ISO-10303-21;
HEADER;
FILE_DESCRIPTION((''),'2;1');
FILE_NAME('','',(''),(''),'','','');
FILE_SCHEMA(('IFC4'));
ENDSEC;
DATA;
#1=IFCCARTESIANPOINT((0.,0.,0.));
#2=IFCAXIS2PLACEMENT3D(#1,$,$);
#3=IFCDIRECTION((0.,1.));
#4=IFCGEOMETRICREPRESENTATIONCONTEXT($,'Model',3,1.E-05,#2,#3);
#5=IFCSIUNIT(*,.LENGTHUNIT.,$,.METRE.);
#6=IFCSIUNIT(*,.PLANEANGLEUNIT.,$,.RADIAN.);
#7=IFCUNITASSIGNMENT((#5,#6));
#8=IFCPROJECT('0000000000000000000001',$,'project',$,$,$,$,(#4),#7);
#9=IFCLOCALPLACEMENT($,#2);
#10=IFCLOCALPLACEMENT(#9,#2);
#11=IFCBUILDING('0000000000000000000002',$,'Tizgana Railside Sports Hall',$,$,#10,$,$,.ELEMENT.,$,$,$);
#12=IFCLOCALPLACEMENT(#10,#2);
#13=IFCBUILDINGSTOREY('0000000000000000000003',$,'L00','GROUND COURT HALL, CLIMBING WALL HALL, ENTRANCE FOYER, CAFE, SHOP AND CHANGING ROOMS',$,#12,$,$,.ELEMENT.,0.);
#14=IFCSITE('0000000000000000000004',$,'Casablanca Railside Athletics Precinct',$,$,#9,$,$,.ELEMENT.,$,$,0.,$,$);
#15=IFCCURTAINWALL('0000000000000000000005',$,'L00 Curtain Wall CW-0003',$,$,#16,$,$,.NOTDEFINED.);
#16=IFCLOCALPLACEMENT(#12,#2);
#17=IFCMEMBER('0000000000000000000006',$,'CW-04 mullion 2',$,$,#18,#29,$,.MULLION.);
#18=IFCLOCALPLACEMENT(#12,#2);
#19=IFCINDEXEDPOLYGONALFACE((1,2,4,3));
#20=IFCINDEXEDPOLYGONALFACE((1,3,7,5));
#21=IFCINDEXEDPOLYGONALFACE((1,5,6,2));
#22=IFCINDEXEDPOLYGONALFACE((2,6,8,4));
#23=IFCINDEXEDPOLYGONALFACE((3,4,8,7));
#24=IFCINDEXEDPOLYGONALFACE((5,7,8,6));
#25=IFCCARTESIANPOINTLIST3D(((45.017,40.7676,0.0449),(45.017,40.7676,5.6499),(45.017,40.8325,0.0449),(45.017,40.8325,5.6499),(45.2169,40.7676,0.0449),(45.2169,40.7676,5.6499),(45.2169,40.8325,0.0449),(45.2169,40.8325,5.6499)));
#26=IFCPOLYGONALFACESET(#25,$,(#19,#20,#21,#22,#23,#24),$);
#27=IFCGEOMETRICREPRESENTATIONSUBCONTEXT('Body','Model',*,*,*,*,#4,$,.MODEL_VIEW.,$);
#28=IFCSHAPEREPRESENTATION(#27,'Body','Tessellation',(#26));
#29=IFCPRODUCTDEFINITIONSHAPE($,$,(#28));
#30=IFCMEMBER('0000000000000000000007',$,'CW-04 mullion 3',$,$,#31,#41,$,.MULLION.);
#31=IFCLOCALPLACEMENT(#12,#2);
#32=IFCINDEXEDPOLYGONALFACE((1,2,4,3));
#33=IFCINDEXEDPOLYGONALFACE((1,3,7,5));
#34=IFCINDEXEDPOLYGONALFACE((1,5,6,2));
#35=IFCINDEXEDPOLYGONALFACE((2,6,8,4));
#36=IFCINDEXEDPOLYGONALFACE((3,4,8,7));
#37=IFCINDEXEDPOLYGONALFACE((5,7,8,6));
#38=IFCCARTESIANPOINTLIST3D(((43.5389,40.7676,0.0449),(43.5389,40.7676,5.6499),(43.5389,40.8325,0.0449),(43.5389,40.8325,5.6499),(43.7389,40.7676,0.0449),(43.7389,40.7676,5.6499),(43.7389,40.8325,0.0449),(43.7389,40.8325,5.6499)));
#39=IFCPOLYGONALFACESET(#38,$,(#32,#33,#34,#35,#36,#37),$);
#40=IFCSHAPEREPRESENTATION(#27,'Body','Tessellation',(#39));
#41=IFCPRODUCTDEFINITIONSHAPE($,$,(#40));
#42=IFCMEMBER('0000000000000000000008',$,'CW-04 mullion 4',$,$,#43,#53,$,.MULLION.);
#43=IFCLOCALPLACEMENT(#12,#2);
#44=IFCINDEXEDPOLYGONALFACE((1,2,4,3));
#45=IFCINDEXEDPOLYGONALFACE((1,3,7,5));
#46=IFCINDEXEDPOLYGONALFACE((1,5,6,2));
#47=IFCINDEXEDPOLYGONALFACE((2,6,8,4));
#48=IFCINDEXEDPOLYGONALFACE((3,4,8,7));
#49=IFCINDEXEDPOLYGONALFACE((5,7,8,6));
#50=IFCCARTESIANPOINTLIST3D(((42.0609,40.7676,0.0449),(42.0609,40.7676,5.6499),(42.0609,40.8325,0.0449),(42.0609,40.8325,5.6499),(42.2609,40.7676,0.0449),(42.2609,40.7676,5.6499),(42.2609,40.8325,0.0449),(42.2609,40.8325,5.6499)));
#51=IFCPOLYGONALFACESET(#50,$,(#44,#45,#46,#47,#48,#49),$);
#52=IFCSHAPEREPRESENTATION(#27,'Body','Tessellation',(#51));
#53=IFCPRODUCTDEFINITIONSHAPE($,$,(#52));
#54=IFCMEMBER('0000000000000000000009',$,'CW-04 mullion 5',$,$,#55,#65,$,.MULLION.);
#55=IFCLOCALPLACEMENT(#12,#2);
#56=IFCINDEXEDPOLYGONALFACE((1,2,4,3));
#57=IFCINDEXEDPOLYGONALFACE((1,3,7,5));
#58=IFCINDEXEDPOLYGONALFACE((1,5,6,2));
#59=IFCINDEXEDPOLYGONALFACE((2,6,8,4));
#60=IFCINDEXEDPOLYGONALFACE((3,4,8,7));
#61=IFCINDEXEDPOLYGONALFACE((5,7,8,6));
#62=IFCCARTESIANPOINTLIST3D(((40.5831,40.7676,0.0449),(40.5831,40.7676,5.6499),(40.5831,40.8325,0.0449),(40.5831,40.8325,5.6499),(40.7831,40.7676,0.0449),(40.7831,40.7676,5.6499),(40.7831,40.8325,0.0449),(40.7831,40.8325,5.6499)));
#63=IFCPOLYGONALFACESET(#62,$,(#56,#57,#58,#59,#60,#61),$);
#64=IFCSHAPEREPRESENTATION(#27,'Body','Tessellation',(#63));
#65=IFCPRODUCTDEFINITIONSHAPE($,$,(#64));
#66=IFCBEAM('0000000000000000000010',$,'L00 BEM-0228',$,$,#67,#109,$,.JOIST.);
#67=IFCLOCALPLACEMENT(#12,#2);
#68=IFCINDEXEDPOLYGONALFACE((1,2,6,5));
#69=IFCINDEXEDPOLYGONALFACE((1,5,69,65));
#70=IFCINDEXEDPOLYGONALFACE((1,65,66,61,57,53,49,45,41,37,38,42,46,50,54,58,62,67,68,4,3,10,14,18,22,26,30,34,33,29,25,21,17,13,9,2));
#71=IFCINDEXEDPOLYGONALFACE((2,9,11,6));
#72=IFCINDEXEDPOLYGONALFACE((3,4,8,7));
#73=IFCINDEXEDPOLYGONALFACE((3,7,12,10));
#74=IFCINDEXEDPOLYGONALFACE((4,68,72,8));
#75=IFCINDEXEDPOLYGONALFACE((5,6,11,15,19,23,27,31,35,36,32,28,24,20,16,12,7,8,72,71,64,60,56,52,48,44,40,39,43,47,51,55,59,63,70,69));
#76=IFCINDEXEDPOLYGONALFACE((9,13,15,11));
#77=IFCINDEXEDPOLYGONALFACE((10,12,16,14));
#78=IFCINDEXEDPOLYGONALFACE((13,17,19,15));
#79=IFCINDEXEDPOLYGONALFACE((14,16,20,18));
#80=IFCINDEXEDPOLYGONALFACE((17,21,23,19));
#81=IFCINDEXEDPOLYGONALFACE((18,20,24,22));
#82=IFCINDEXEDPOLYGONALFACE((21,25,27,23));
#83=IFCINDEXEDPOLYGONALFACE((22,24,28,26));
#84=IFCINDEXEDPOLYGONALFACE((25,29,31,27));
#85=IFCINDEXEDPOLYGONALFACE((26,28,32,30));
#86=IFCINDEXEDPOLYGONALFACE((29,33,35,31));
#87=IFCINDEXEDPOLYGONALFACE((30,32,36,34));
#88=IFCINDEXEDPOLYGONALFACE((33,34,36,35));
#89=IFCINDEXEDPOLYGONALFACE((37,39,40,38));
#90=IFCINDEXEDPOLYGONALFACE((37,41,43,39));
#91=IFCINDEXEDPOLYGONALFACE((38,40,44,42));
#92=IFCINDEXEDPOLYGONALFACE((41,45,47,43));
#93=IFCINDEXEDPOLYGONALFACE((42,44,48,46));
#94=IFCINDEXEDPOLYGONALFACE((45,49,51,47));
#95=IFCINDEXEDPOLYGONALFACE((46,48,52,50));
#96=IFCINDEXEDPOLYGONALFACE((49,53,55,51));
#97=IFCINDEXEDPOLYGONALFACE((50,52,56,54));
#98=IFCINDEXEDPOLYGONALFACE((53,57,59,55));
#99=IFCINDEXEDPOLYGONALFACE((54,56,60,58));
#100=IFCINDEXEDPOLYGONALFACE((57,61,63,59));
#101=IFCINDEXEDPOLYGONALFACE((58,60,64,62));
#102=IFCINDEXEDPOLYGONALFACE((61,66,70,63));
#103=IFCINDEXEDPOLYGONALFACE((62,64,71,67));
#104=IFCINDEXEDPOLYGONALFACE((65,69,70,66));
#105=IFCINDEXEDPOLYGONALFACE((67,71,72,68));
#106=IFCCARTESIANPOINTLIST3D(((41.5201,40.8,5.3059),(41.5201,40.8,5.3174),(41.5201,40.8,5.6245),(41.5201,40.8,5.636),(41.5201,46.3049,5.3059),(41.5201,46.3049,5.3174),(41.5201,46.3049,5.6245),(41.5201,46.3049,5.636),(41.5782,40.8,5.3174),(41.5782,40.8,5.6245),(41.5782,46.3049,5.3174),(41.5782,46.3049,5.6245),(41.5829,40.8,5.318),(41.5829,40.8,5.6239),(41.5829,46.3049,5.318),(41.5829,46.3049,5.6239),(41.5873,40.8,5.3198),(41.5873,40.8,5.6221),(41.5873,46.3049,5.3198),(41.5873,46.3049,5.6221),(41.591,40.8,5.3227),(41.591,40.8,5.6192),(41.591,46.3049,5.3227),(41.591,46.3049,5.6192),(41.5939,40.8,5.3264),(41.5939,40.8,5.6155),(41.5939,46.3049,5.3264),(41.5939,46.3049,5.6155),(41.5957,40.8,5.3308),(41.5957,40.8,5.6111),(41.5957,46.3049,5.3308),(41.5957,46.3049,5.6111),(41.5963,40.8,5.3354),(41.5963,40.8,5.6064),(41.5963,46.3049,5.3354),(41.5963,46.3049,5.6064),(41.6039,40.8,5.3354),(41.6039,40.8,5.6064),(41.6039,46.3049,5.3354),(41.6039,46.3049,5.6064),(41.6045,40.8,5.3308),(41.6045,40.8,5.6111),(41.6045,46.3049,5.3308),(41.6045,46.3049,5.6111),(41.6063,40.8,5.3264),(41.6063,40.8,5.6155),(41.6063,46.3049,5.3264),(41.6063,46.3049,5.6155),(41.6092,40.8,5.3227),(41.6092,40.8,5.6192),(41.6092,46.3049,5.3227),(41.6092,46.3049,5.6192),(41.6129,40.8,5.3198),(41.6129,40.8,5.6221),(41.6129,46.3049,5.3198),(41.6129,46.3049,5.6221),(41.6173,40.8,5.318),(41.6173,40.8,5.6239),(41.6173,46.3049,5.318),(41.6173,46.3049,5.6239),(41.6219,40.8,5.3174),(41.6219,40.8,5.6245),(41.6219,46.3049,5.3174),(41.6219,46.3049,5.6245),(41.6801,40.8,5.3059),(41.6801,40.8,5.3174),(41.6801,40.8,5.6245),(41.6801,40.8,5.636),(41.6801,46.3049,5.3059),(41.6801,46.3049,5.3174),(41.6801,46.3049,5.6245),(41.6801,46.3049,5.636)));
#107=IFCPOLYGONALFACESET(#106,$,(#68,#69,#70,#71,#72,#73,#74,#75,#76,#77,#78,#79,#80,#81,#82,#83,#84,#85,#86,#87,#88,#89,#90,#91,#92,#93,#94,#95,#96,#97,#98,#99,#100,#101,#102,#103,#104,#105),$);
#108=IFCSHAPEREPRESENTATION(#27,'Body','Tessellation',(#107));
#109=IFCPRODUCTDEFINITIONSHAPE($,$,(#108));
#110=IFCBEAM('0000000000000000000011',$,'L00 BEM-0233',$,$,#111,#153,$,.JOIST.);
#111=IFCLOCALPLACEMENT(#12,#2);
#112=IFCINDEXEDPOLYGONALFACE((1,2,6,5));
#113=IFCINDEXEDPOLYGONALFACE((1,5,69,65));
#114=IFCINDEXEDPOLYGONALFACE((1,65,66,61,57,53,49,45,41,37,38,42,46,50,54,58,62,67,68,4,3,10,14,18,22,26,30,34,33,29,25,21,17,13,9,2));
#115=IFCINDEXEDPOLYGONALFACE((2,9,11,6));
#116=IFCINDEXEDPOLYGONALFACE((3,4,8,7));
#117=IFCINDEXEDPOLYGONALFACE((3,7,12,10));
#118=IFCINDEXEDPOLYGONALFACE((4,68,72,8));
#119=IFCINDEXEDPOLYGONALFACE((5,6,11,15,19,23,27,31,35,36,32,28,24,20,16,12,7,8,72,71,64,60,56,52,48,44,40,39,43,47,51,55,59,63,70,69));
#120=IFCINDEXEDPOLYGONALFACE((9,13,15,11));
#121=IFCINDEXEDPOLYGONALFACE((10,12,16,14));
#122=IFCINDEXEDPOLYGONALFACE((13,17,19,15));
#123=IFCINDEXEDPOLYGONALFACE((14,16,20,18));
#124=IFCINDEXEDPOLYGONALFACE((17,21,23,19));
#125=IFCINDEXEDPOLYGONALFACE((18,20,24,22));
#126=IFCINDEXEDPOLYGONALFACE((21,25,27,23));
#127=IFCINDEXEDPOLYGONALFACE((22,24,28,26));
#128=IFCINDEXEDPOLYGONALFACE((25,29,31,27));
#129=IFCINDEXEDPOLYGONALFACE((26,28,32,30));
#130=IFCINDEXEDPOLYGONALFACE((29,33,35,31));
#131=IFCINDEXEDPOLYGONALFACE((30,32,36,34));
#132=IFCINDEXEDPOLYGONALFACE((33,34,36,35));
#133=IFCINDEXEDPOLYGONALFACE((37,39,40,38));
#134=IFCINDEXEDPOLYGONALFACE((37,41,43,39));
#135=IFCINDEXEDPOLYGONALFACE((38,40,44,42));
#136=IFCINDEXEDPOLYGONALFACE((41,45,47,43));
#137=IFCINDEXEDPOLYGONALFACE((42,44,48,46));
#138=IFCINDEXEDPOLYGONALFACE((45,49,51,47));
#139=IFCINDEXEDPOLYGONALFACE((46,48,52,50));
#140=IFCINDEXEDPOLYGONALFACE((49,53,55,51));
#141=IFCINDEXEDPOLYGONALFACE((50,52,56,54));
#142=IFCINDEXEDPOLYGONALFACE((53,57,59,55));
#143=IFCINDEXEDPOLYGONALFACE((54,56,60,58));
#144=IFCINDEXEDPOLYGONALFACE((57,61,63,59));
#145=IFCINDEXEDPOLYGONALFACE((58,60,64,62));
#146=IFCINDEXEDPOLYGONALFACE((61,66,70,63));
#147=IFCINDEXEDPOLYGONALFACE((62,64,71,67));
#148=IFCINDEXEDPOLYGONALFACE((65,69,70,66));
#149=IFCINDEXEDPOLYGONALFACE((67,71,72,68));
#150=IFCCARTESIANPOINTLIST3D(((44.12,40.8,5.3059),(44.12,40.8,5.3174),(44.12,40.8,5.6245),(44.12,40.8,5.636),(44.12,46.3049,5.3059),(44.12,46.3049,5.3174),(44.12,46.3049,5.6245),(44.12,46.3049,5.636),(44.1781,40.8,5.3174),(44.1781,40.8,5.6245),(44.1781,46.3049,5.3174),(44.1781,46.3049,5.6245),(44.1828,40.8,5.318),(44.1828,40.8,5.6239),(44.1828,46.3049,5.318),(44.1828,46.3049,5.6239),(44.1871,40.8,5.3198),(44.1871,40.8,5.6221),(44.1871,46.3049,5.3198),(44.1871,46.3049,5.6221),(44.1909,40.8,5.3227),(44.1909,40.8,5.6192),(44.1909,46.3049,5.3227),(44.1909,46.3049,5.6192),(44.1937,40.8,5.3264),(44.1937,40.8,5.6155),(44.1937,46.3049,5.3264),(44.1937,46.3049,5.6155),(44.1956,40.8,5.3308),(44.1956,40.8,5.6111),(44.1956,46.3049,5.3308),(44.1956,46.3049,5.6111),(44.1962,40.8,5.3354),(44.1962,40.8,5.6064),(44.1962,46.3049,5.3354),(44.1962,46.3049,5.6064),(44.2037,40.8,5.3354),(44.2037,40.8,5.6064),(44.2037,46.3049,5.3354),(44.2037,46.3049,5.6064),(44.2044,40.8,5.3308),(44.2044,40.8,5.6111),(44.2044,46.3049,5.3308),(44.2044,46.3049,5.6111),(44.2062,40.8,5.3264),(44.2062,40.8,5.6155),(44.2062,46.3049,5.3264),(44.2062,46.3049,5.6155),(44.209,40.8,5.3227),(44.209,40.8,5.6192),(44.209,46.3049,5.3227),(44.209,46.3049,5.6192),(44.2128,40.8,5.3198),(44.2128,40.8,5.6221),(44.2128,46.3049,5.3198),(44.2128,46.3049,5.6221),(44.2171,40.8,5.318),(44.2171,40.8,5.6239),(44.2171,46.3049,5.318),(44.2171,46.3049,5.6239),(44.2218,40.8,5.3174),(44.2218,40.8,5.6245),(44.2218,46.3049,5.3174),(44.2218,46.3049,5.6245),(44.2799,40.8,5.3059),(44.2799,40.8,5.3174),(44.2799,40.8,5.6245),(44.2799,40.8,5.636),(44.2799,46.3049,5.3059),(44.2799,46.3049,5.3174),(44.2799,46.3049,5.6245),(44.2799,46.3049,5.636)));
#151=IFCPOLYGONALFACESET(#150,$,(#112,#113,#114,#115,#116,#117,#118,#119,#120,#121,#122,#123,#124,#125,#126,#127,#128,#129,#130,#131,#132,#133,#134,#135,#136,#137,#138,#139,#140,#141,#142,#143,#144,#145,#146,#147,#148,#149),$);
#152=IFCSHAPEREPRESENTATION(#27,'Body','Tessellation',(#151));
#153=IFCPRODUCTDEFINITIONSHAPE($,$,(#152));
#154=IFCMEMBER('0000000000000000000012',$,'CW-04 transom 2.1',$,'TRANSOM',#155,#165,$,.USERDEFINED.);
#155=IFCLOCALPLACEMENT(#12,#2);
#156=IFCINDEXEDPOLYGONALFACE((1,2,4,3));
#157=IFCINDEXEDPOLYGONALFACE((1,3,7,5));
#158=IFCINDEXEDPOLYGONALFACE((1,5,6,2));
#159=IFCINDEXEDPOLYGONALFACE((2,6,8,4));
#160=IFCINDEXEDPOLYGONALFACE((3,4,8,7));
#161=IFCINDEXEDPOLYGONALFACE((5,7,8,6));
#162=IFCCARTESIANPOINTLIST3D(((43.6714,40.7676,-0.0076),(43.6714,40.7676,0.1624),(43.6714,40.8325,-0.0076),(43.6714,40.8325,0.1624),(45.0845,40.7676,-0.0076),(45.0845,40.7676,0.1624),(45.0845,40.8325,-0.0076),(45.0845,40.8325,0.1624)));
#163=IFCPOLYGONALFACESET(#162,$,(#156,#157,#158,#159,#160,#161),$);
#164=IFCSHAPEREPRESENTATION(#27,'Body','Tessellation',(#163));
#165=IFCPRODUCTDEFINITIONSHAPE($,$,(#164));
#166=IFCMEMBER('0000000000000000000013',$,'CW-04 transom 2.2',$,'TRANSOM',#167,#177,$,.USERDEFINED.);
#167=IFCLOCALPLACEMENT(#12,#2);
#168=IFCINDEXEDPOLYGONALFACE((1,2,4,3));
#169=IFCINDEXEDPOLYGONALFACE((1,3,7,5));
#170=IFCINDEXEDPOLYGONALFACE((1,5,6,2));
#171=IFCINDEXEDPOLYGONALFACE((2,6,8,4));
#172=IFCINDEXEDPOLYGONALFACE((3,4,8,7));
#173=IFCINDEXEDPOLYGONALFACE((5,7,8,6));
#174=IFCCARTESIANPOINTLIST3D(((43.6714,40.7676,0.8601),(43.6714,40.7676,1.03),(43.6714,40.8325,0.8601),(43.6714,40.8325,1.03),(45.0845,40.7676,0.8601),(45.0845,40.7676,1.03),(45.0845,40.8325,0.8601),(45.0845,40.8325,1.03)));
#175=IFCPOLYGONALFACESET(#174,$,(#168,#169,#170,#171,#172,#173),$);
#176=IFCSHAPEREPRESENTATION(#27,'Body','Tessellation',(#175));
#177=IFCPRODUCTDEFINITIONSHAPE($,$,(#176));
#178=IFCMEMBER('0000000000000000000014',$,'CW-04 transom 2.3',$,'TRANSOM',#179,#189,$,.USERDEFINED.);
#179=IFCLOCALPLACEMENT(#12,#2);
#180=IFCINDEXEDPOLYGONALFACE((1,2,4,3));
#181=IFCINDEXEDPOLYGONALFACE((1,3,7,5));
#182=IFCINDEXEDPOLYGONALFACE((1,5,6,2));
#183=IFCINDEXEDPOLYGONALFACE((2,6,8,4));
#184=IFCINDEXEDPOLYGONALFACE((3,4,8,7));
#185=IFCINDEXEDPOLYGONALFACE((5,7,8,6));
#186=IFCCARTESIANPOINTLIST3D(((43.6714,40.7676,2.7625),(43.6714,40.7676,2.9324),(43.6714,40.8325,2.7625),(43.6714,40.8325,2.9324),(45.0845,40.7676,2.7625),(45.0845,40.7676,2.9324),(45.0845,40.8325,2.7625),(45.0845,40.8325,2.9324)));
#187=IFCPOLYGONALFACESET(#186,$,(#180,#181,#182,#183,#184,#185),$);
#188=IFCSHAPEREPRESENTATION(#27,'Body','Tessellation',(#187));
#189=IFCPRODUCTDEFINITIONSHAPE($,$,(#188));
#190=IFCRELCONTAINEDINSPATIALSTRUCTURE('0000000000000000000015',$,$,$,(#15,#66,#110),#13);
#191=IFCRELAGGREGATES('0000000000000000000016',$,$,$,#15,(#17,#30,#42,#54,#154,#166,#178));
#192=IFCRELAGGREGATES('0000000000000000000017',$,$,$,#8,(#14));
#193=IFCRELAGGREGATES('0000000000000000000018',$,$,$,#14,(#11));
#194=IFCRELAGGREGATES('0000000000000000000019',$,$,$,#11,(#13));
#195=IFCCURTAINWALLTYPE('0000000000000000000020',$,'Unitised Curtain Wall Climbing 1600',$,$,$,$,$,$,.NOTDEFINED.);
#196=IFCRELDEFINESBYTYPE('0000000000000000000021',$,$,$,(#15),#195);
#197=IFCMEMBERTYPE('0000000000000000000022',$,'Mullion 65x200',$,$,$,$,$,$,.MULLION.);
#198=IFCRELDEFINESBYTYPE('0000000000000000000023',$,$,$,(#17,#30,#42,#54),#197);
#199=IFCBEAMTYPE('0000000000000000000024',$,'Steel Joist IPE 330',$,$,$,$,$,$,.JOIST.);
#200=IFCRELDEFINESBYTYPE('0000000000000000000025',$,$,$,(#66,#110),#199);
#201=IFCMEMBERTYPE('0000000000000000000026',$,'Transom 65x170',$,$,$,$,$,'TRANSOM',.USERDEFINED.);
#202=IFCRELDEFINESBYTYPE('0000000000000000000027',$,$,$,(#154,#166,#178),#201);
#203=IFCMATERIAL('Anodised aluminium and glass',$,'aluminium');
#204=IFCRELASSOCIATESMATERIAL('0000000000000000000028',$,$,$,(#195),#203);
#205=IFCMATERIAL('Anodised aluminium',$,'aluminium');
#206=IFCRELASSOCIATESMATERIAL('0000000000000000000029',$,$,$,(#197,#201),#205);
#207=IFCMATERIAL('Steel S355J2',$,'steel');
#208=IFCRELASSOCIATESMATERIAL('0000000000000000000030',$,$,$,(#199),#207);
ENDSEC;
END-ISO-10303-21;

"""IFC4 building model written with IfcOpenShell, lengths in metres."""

from ifc_helpers import new_model, si_unit, direction, frame, origin, origin_2d, place, context, subcontext, project, spatial, rectangle, i_section, extrude, material, material_profile, profile_set, type_object, element, aggregate, save


model = new_model("IFC4")

# Units and contexts
model_context = context("Model", 3, precision=1e-05, world=origin(), true_north=direction((0.0, 1.0)))
body_context = subcontext(model_context, "Body", "Model", "MODEL_VIEW")
ifc_project = project(units=[si_unit("LENGTHUNIT", "METRE"), si_unit("PLANEANGLEUNIT", "RADIAN")], contexts=[model_context])

# Site, building, storey
site_placement = place(None, origin())
site = spatial("IfcSite", under=ifc_project, at=site_placement, Name="Casablanca Railside Athletics Precinct", CompositionType="ELEMENT", RefElevation=0.0)
building_placement = place(site_placement, origin())
building = spatial("IfcBuilding", under=site, at=building_placement, Name="Tizgana Railside Sports Hall", CompositionType="ELEMENT")
storey_placement = place(building_placement, origin())
storey = spatial("IfcBuildingStorey", under=building, at=storey_placement, Name="L00", Description="GROUND COURT HALL, CLIMBING WALL HALL, ENTRANCE FOYER, CAFE, SHOP AND CHANGING ROOMS", CompositionType="ELEMENT", Elevation=0.0)

# Curtain wall, members
ifc_material_1 = material(Name="Anodised aluminium and glass", Category="aluminium")
curtain_wall_type = type_object("IfcCurtainWallType", Name="Unitised Curtain Wall Climbing 1600", PredefinedType="NOTDEFINED", material=ifc_material_1)
curtain_wall_placement = place(storey_placement, origin())
curtain_wall = element("IfcCurtainWall", 1, at=curtain_wall_placement, inside=storey, type_object=curtain_wall_type, Name="L00 Curtain Wall CW-0003", PredefinedType="NOTDEFINED")
ifc_material_2 = material(Name="Anodised aluminium", Category="aluminium")
ifc_material_profile_1 = material_profile(ifc_material_2, rectangle(XDim=0.0649, YDim=0.2, at=origin_2d()), Name="Mullion 65x200")
ifc_profile_set_1 = profile_set([ifc_material_profile_1], Name="Anodised aluminium")
member_type_1 = type_object("IfcMemberType", Name="Mullion 65x200", PredefinedType="MULLION", material=ifc_profile_set_1)
member_1_placement = place(storey_placement, frame((45.1169, 40.8, 0.0449), z_axis=(0.0, 0.0, 1.0), x_axis=(0.0, -1.0, 0.0)))
member_1 = element("IfcMember", 2, at=member_1_placement, type_object=member_type_1, Name="CW-04 mullion 2", PredefinedType="MULLION", context=body_context, shape_type="SweptSolid", body=[
    extrude(rectangle(XDim=0.0649, YDim=0.2, at=origin_2d()), origin(), (0.0, 0.0, 1.0), 5.605),
])
member_2_placement = place(storey_placement, frame((43.6389, 40.8, 0.0449), z_axis=(0.0, 0.0, 1.0), x_axis=(0.0, -1.0, 0.0)))
member_2 = element("IfcMember", 3, at=member_2_placement, type_object=member_type_1, Name="CW-04 mullion 3", PredefinedType="MULLION", context=body_context, shape_type="SweptSolid", body=[
    extrude(rectangle(XDim=0.0649, YDim=0.2, at=origin_2d()), origin(), (0.0, 0.0, 1.0), 5.605),
])
member_3_placement = place(storey_placement, frame((42.1609, 40.8, 0.0449), z_axis=(0.0, 0.0, 1.0), x_axis=(0.0, -1.0, 0.0)))
member_3 = element("IfcMember", 4, at=member_3_placement, type_object=member_type_1, Name="CW-04 mullion 4", PredefinedType="MULLION", context=body_context, shape_type="SweptSolid", body=[
    extrude(rectangle(XDim=0.0649, YDim=0.2, at=origin_2d()), origin(), (0.0, 0.0, 1.0), 5.605),
])
member_4_placement = place(storey_placement, frame((40.6831, 40.8, 0.0449), z_axis=(0.0, 0.0, 1.0), x_axis=(0.0, -1.0, 0.0)))
member_4 = element("IfcMember", 5, at=member_4_placement, type_object=member_type_1, Name="CW-04 mullion 5", PredefinedType="MULLION", context=body_context, shape_type="SweptSolid", body=[
    extrude(rectangle(XDim=0.0649, YDim=0.2, at=origin_2d()), origin(), (0.0, 0.0, 1.0), 5.605),
])

# Beams
ifc_material_3 = material(Name="Steel S355J2", Category="steel")
ifc_material_profile_2 = material_profile(ifc_material_3, i_section(OverallWidth=0.1599, OverallDepth=0.3301, WebThickness=0.0076, FlangeThickness=0.0115, FilletRadius=0.0181, at=origin_2d()), Name="IPE 330")
ifc_profile_set_2 = profile_set([ifc_material_profile_2], Name="Steel S355J2")
beam_type = type_object("IfcBeamType", Name="Steel Joist IPE 330", PredefinedType="JOIST", material=ifc_profile_set_2)
for number, where, z_axis, x_axis, name in (
    (6, (41.6001, 40.8, 5.4709), (0.0, 1.0, 0.0), (-1.0, 0.0, 0.0), "L00 BEM-0228"),
    (7, (44.2, 40.8, 5.4709), (0.0, 1.0, 0.0), (-1.0, 0.0, 0.0), "L00 BEM-0233"),
):
    element("IfcBeam", number, at=place(storey_placement, frame(where, z_axis=z_axis, x_axis=x_axis)), inside=storey, type_object=beam_type, Name=name, PredefinedType="JOIST", context=body_context, shape_type="SweptSolid", body=[
        extrude(i_section(OverallWidth=0.1599, OverallDepth=0.3301, WebThickness=0.0076, FlangeThickness=0.0115, FilletRadius=0.0181, at=origin_2d()), origin(), (0.0, 0.0, 1.0), 5.5049),
    ])

# Members
ifc_material_profile_3 = material_profile(ifc_material_2, rectangle(XDim=0.0649, YDim=0.1699, at=origin_2d()), Name="Transom 65x170")
ifc_profile_set_3 = profile_set([ifc_material_profile_3], Name="Anodised aluminium")
member_type_2 = type_object("IfcMemberType", Name="Transom 65x170", ElementType="TRANSOM", PredefinedType="USERDEFINED", material=ifc_profile_set_3)
member_5_placement = place(storey_placement, frame((45.0845, 40.8, 0.0774), z_axis=(-1.0, 0.0, 0.0), x_axis=(0.0, -1.0, 0.0)))
member_5 = element("IfcMember", 8, at=member_5_placement, type_object=member_type_2, Name="CW-04 transom 2.1", ObjectType="TRANSOM", PredefinedType="USERDEFINED", context=body_context, shape_type="SweptSolid", body=[
    extrude(rectangle(XDim=0.0649, YDim=0.1699, at=origin_2d()), origin(), (0.0, 0.0, 1.0), 1.4131),
])
member_6_placement = place(storey_placement, frame((45.0845, 40.8, 0.9451), z_axis=(-1.0, 0.0, 0.0), x_axis=(0.0, -1.0, 0.0)))
member_6 = element("IfcMember", 9, at=member_6_placement, type_object=member_type_2, Name="CW-04 transom 2.2", ObjectType="TRANSOM", PredefinedType="USERDEFINED", context=body_context, shape_type="SweptSolid", body=[
    extrude(rectangle(XDim=0.0649, YDim=0.1699, at=origin_2d()), origin(), (0.0, 0.0, 1.0), 1.4131),
])
member_7_placement = place(storey_placement, frame((45.0845, 40.8, 2.8474), z_axis=(-1.0, 0.0, 0.0), x_axis=(0.0, -1.0, 0.0)))
member_7 = element("IfcMember", 10, at=member_7_placement, type_object=member_type_2, Name="CW-04 transom 2.3", ObjectType="TRANSOM", PredefinedType="USERDEFINED", context=body_context, shape_type="SweptSolid", body=[
    extrude(rectangle(XDim=0.0649, YDim=0.1699, at=origin_2d()), origin(), (0.0, 0.0, 1.0), 1.4131),
])

aggregate(curtain_wall, [member_1, member_2, member_3, member_4, member_5, member_6, member_7])

save(model, "model.ifc")
